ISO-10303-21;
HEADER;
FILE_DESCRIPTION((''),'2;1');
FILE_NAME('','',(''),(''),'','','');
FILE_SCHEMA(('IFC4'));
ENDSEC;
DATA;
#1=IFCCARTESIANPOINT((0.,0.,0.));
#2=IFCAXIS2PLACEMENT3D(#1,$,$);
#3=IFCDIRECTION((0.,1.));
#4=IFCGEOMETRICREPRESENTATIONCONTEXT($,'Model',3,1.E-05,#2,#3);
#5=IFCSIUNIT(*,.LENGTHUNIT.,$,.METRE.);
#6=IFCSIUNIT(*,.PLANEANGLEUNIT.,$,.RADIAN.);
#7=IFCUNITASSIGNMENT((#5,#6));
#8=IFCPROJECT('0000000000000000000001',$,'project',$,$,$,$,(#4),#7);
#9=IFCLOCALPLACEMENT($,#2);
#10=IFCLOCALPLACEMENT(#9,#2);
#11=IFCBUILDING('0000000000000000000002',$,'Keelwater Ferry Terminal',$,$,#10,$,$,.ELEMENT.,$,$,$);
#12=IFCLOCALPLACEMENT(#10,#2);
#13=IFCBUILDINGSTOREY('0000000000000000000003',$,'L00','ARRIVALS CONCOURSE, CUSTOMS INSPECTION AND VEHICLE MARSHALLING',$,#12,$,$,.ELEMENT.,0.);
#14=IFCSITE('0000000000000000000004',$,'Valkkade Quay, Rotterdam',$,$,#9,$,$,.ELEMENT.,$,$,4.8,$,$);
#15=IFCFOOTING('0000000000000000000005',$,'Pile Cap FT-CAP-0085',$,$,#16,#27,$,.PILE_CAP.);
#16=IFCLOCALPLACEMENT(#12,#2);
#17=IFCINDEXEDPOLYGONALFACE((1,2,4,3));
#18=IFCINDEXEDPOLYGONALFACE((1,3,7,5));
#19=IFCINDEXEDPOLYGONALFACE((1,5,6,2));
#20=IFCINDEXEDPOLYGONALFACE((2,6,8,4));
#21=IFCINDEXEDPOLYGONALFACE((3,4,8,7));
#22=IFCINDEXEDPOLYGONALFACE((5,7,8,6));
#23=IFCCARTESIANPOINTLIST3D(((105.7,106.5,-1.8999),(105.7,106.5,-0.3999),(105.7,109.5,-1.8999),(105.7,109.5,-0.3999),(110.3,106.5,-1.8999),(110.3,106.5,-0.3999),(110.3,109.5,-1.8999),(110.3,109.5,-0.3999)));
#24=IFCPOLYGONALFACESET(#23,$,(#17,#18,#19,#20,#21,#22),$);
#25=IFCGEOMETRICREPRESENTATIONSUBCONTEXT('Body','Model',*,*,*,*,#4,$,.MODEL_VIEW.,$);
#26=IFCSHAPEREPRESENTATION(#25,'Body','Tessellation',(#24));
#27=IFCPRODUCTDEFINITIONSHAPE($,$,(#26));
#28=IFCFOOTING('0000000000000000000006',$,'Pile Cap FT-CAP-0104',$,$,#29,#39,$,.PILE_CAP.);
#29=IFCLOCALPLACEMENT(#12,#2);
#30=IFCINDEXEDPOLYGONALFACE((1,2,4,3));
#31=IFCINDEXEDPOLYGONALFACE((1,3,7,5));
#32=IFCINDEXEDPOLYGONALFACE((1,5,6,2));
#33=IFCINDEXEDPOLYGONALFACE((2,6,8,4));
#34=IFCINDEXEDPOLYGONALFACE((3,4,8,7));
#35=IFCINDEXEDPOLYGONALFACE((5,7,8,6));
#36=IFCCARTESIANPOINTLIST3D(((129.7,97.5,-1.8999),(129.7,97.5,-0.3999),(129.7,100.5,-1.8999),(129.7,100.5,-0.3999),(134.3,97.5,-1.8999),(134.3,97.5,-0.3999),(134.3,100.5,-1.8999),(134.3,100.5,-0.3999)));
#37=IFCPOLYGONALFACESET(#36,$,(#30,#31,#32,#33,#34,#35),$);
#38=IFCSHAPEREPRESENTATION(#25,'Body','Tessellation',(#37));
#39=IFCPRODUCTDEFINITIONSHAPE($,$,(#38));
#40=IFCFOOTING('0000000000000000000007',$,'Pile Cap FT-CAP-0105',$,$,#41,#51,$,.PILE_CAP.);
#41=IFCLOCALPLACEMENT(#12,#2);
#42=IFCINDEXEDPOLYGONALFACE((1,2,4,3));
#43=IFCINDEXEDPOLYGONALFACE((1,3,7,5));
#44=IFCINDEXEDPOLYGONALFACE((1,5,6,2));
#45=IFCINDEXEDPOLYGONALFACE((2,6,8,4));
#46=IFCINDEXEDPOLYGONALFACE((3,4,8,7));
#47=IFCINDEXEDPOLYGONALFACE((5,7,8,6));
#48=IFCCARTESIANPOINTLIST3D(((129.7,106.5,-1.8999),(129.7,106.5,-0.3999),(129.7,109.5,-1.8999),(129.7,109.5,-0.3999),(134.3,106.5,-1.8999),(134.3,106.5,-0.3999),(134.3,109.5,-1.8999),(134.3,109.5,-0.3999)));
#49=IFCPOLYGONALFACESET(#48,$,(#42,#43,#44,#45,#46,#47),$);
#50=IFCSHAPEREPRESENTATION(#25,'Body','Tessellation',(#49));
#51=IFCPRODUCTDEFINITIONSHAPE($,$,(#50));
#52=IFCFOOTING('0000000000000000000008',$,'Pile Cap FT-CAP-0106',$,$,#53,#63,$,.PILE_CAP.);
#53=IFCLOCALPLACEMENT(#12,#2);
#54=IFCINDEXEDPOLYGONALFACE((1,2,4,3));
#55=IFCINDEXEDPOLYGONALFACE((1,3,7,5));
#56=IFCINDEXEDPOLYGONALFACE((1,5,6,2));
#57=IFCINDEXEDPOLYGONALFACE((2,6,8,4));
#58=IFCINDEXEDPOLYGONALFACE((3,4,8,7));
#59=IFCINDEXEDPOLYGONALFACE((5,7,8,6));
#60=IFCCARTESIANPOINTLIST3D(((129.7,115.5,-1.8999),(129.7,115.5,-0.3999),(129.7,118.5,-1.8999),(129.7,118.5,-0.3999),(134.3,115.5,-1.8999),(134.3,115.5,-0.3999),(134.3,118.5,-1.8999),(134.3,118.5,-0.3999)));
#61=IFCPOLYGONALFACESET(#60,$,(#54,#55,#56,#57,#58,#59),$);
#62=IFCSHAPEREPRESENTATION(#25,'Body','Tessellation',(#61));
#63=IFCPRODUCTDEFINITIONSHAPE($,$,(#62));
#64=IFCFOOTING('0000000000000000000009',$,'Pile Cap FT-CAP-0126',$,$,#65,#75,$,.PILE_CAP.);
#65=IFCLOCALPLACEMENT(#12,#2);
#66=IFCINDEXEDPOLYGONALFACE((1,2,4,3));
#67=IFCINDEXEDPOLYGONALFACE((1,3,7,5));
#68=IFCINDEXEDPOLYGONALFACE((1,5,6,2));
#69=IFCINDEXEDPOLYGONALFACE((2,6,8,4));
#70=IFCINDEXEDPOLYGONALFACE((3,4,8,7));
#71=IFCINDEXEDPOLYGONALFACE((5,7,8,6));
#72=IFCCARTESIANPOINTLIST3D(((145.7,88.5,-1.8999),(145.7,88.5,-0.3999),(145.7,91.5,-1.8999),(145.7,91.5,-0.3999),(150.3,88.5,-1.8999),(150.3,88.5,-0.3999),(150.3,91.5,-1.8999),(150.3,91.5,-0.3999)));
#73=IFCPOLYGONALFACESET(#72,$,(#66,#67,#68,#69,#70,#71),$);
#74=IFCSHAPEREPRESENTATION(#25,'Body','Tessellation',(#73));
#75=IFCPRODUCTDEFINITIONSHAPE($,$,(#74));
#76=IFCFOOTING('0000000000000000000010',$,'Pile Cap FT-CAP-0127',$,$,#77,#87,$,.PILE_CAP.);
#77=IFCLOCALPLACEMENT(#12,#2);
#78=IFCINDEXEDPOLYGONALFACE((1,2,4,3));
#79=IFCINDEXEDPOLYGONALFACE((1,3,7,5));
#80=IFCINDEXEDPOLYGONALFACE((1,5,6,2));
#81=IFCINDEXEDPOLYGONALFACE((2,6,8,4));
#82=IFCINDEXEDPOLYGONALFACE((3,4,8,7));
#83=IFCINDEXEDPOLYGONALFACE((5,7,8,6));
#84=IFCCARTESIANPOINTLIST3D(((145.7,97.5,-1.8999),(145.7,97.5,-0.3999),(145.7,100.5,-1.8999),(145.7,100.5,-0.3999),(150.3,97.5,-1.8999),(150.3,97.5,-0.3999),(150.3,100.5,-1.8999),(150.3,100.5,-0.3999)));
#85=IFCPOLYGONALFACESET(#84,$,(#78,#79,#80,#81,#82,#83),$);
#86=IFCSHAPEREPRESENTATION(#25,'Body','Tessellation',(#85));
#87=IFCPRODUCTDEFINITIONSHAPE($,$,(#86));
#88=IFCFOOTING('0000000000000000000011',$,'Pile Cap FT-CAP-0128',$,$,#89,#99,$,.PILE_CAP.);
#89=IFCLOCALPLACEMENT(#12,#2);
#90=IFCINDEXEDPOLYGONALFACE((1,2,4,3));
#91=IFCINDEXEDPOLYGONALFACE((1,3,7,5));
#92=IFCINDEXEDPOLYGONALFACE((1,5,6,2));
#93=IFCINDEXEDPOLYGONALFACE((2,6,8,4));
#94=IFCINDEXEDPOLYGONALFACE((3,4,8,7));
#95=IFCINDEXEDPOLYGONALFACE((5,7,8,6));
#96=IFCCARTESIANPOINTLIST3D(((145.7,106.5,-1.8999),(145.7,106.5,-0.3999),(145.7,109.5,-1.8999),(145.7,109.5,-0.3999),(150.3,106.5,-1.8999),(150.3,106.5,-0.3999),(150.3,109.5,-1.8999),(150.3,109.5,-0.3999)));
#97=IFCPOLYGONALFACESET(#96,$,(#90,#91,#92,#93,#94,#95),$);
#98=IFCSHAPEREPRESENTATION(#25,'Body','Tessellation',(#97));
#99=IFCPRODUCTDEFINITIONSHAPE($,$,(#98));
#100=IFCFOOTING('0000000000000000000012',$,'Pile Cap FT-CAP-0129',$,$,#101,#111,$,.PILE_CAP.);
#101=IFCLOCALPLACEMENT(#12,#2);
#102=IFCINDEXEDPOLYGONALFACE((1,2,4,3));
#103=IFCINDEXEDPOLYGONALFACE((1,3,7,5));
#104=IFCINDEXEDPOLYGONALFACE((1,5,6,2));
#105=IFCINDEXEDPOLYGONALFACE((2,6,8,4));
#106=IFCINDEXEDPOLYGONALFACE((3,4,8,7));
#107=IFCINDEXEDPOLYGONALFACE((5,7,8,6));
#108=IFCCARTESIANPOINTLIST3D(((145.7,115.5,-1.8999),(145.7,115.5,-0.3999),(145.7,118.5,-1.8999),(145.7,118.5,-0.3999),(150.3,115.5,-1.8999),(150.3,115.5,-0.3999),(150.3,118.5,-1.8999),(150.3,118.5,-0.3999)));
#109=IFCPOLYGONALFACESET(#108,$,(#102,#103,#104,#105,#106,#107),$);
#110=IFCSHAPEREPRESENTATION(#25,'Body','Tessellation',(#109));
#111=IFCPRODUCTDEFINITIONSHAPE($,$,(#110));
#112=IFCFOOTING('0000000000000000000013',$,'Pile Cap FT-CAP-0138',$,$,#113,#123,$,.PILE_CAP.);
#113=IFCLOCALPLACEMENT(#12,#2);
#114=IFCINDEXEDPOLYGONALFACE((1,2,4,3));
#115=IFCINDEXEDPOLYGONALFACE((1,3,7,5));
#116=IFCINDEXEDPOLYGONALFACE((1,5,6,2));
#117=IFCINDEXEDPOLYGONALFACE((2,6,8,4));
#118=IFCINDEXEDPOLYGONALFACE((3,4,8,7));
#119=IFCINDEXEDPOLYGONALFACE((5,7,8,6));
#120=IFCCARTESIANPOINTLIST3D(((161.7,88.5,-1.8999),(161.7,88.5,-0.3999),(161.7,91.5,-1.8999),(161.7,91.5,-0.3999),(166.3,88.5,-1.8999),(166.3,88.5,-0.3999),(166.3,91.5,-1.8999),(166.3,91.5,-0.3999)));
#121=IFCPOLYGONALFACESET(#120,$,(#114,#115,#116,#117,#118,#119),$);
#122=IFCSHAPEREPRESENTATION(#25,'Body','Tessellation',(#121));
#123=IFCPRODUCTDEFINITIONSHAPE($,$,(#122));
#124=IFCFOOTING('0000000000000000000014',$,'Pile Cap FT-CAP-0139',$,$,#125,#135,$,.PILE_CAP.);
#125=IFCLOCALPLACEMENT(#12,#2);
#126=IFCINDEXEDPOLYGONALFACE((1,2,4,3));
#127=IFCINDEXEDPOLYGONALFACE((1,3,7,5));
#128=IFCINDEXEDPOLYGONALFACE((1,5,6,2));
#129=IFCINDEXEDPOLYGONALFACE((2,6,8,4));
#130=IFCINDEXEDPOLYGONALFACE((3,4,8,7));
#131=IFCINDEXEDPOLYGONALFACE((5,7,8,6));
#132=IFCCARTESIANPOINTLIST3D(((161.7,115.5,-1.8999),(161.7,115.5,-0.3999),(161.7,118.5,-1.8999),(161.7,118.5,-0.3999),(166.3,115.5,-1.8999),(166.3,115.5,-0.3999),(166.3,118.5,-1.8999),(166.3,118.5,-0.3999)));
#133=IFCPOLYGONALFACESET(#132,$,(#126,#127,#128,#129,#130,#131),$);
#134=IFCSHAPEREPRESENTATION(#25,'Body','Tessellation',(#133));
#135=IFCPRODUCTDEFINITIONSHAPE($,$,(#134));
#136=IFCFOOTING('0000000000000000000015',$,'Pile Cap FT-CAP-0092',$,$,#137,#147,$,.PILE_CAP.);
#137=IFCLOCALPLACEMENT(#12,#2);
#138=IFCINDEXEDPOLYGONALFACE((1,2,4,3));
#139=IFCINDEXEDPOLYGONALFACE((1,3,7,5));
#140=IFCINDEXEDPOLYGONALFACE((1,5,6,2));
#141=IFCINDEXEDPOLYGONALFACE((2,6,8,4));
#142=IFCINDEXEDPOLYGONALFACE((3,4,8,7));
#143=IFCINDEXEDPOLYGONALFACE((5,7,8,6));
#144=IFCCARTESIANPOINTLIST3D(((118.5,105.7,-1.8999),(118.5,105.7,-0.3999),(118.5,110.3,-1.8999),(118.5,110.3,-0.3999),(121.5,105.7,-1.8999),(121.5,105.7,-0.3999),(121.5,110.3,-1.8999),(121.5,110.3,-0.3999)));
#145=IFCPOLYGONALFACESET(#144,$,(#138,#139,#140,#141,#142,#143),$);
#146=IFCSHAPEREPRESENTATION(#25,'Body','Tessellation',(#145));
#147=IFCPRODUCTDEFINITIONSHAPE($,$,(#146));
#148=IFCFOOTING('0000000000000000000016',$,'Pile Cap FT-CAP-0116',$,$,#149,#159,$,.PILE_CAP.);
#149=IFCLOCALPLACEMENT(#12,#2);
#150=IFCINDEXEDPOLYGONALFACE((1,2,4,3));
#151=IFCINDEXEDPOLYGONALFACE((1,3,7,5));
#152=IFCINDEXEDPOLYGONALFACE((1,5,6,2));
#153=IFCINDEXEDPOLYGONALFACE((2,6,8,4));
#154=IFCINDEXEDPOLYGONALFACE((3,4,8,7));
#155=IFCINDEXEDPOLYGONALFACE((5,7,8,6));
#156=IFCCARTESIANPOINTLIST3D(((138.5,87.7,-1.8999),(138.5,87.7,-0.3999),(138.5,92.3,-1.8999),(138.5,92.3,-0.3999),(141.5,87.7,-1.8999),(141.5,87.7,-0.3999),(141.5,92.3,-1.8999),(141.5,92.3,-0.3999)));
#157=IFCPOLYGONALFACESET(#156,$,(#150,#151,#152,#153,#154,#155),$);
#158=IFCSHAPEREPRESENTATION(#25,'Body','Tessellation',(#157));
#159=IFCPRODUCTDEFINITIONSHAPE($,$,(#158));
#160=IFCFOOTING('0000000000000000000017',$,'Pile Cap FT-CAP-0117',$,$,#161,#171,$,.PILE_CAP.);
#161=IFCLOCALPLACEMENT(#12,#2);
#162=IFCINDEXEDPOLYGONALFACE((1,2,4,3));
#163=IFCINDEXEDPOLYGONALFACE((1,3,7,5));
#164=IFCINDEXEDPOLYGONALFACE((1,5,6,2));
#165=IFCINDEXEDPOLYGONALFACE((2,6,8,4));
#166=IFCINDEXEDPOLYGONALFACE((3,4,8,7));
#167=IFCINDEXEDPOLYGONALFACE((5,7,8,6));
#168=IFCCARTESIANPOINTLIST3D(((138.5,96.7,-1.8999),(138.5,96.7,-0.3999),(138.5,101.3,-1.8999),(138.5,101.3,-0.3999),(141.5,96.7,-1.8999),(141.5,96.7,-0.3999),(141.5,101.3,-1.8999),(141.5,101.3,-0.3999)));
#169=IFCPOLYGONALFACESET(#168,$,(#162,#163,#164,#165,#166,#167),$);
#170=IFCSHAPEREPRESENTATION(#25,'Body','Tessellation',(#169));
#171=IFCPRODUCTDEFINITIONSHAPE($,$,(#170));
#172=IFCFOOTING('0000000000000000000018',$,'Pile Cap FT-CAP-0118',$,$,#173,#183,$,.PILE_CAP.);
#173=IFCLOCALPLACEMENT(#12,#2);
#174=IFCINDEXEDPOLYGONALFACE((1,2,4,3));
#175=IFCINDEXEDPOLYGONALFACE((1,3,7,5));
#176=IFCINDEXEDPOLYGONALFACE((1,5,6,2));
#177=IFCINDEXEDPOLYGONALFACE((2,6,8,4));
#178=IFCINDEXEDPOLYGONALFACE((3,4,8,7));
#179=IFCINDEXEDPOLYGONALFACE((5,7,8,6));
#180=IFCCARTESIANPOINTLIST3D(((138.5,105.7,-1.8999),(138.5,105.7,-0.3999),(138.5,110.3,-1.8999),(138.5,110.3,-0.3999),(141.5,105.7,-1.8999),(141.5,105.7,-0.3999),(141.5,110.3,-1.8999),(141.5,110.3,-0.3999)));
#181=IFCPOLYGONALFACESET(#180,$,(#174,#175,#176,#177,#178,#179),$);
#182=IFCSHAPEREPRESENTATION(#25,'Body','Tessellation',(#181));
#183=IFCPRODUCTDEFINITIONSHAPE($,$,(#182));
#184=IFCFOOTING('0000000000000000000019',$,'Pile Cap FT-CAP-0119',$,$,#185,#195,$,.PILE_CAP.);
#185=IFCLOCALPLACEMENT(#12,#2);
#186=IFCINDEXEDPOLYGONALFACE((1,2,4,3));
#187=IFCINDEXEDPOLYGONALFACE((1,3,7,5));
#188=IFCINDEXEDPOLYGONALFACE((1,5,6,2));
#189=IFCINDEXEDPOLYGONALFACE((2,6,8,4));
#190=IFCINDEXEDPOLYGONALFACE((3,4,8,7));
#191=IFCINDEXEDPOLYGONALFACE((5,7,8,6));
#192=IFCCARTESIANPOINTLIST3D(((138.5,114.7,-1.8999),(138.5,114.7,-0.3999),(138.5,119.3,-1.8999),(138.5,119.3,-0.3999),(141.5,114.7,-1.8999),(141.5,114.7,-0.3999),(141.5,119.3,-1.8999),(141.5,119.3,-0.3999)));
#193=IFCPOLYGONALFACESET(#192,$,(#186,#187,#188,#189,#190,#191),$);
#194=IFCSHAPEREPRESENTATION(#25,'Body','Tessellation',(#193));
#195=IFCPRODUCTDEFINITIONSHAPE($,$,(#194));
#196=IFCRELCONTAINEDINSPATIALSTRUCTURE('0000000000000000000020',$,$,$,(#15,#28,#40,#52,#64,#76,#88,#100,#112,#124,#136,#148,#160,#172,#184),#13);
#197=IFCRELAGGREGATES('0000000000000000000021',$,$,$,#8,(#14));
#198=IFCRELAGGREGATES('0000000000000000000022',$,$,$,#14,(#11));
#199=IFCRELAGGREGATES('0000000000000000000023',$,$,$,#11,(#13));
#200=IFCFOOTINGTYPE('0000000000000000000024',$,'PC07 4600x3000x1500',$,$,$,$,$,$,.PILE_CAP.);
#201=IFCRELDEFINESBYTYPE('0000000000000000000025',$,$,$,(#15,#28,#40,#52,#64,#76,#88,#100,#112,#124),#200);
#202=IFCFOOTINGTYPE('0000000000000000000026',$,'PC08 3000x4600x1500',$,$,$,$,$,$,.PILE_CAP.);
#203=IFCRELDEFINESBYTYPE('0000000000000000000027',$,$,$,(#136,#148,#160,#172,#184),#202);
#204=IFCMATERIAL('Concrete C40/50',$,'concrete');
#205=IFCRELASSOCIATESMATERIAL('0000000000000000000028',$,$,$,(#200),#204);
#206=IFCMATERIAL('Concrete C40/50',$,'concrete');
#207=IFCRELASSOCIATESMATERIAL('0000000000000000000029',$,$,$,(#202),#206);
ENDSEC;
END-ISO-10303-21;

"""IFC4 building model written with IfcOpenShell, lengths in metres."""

from ifc_helpers import new_model, si_unit, direction, frame, origin, place, context, subcontext, project, spatial, polyline, outline, extrude, material, type_object, element, save


model = new_model("IFC4")

# Units and contexts
model_context = context("Model", 3, precision=1e-05, world=origin(), true_north=direction((0.0, 1.0)))
body_context = subcontext(model_context, "Body", "Model", "MODEL_VIEW")
ifc_project = project(units=[si_unit("LENGTHUNIT", "METRE"), si_unit("PLANEANGLEUNIT", "RADIAN")], contexts=[model_context])

# Site, building, storey
site_placement = place(None, origin())
site = spatial("IfcSite", under=ifc_project, at=site_placement, Name="Valkkade Quay, Rotterdam", CompositionType="ELEMENT", RefElevation=4.8)
building_placement = place(site_placement, origin())
building = spatial("IfcBuilding", under=site, at=building_placement, Name="Keelwater Ferry Terminal", CompositionType="ELEMENT")
storey_placement = place(building_placement, origin())
storey = spatial("IfcBuildingStorey", under=building, at=storey_placement, Name="L00", Description="ARRIVALS CONCOURSE, CUSTOMS INSPECTION AND VEHICLE MARSHALLING", CompositionType="ELEMENT", Elevation=0.0)

# Footings
ifc_material_1 = material(Name="Concrete C40/50", Category="concrete")
footing_type_1 = type_object("IfcFootingType", Name="PC07 4600x3000x1500", PredefinedType="PILE_CAP", material=ifc_material_1)
footing_1_placement = place(storey_placement, frame((0.0, 0.0, -1.8999)))
element("IfcFooting", 1, at=footing_1_placement, inside=storey, type_object=footing_type_1, Name="Pile Cap FT-CAP-0085", PredefinedType="PILE_CAP", context=body_context, shape_type="SweptSolid", body=[
    extrude(outline(polyline([(105.7, 106.5), (110.3, 106.5), (110.3, 109.5), (105.7, 109.5), (105.7, 106.5)])), origin(), (0.0, 0.0, 1.0), 1.5),
])
footing_2_placement = place(storey_placement, frame((0.0, 0.0, -1.8999)))
element("IfcFooting", 2, at=footing_2_placement, inside=storey, type_object=footing_type_1, Name="Pile Cap FT-CAP-0104", PredefinedType="PILE_CAP", context=body_context, shape_type="SweptSolid", body=[
    extrude(outline(polyline([(129.7, 97.5), (134.3, 97.5), (134.3, 100.5), (129.7, 100.5), (129.7, 97.5)])), origin(), (0.0, 0.0, 1.0), 1.5),
])
footing_3_placement = place(storey_placement, frame((0.0, 0.0, -1.8999)))
element("IfcFooting", 3, at=footing_3_placement, inside=storey, type_object=footing_type_1, Name="Pile Cap FT-CAP-0105", PredefinedType="PILE_CAP", context=body_context, shape_type="SweptSolid", body=[
    extrude(outline(polyline([(129.7, 106.5), (134.3, 106.5), (134.3, 109.5), (129.7, 109.5), (129.7, 106.5)])), origin(), (0.0, 0.0, 1.0), 1.5),
])
footing_4_placement = place(storey_placement, frame((0.0, 0.0, -1.8999)))
element("IfcFooting", 4, at=footing_4_placement, inside=storey, type_object=footing_type_1, Name="Pile Cap FT-CAP-0106", PredefinedType="PILE_CAP", context=body_context, shape_type="SweptSolid", body=[
    extrude(outline(polyline([(129.7, 115.5), (134.3, 115.5), (134.3, 118.5), (129.7, 118.5), (129.7, 115.5)])), origin(), (0.0, 0.0, 1.0), 1.5),
])
footing_5_placement = place(storey_placement, frame((0.0, 0.0, -1.8999)))
element("IfcFooting", 5, at=footing_5_placement, inside=storey, type_object=footing_type_1, Name="Pile Cap FT-CAP-0126", PredefinedType="PILE_CAP", context=body_context, shape_type="SweptSolid", body=[
    extrude(outline(polyline([(145.7, 88.5), (150.3, 88.5), (150.3, 91.5), (145.7, 91.5), (145.7, 88.5)])), origin(), (0.0, 0.0, 1.0), 1.5),
])
footing_6_placement = place(storey_placement, frame((0.0, 0.0, -1.8999)))
element("IfcFooting", 6, at=footing_6_placement, inside=storey, type_object=footing_type_1, Name="Pile Cap FT-CAP-0127", PredefinedType="PILE_CAP", context=body_context, shape_type="SweptSolid", body=[
    extrude(outline(polyline([(145.7, 97.5), (150.3, 97.5), (150.3, 100.5), (145.7, 100.5), (145.7, 97.5)])), origin(), (0.0, 0.0, 1.0), 1.5),
])
footing_7_placement = place(storey_placement, frame((0.0, 0.0, -1.8999)))
element("IfcFooting", 7, at=footing_7_placement, inside=storey, type_object=footing_type_1, Name="Pile Cap FT-CAP-0128", PredefinedType="PILE_CAP", context=body_context, shape_type="SweptSolid", body=[
    extrude(outline(polyline([(145.7, 106.5), (150.3, 106.5), (150.3, 109.5), (145.7, 109.5), (145.7, 106.5)])), origin(), (0.0, 0.0, 1.0), 1.5),
])
footing_8_placement = place(storey_placement, frame((0.0, 0.0, -1.8999)))
element("IfcFooting", 8, at=footing_8_placement, inside=storey, type_object=footing_type_1, Name="Pile Cap FT-CAP-0129", PredefinedType="PILE_CAP", context=body_context, shape_type="SweptSolid", body=[
    extrude(outline(polyline([(145.7, 115.5), (150.3, 115.5), (150.3, 118.5), (145.7, 118.5), (145.7, 115.5)])), origin(), (0.0, 0.0, 1.0), 1.5),
])
footing_9_placement = place(storey_placement, frame((0.0, 0.0, -1.8999)))
element("IfcFooting", 9, at=footing_9_placement, inside=storey, type_object=footing_type_1, Name="Pile Cap FT-CAP-0138", PredefinedType="PILE_CAP", context=body_context, shape_type="SweptSolid", body=[
    extrude(outline(polyline([(161.7, 88.5), (166.3, 88.5), (166.3, 91.5), (161.7, 91.5), (161.7, 88.5)])), origin(), (0.0, 0.0, 1.0), 1.5),
])
footing_10_placement = place(storey_placement, frame((0.0, 0.0, -1.8999)))
element("IfcFooting", 10, at=footing_10_placement, inside=storey, type_object=footing_type_1, Name="Pile Cap FT-CAP-0139", PredefinedType="PILE_CAP", context=body_context, shape_type="SweptSolid", body=[
    extrude(outline(polyline([(161.7, 115.5), (166.3, 115.5), (166.3, 118.5), (161.7, 118.5), (161.7, 115.5)])), origin(), (0.0, 0.0, 1.0), 1.5),
])
ifc_material_2 = material(Name="Concrete C40/50", Category="concrete")
footing_type_2 = type_object("IfcFootingType", Name="PC08 3000x4600x1500", PredefinedType="PILE_CAP", material=ifc_material_2)
footing_11_placement = place(storey_placement, frame((0.0, 0.0, -1.8999)))
element("IfcFooting", 11, at=footing_11_placement, inside=storey, type_object=footing_type_2, Name="Pile Cap FT-CAP-0092", PredefinedType="PILE_CAP", context=body_context, shape_type="SweptSolid", body=[
    extrude(outline(polyline([(118.5, 105.7), (121.5, 105.7), (121.5, 110.3), (118.5, 110.3), (118.5, 105.7)])), origin(), (0.0, 0.0, 1.0), 1.5),
])
footing_12_placement = place(storey_placement, frame((0.0, 0.0, -1.8999)))
element("IfcFooting", 12, at=footing_12_placement, inside=storey, type_object=footing_type_2, Name="Pile Cap FT-CAP-0116", PredefinedType="PILE_CAP", context=body_context, shape_type="SweptSolid", body=[
    extrude(outline(polyline([(138.5, 87.7), (141.5, 87.7), (141.5, 92.3), (138.5, 92.3), (138.5, 87.7)])), origin(), (0.0, 0.0, 1.0), 1.5),
])
footing_13_placement = place(storey_placement, frame((0.0, 0.0, -1.8999)))
element("IfcFooting", 13, at=footing_13_placement, inside=storey, type_object=footing_type_2, Name="Pile Cap FT-CAP-0117", PredefinedType="PILE_CAP", context=body_context, shape_type="SweptSolid", body=[
    extrude(outline(polyline([(138.5, 96.7), (141.5, 96.7), (141.5, 101.3), (138.5, 101.3), (138.5, 96.7)])), origin(), (0.0, 0.0, 1.0), 1.5),
])
footing_14_placement = place(storey_placement, frame((0.0, 0.0, -1.8999)))
element("IfcFooting", 14, at=footing_14_placement, inside=storey, type_object=footing_type_2, Name="Pile Cap FT-CAP-0118", PredefinedType="PILE_CAP", context=body_context, shape_type="SweptSolid", body=[
    extrude(outline(polyline([(138.5, 105.7), (141.5, 105.7), (141.5, 110.3), (138.5, 110.3), (138.5, 105.7)])), origin(), (0.0, 0.0, 1.0), 1.5),
])
footing_15_placement = place(storey_placement, frame((0.0, 0.0, -1.8999)))
element("IfcFooting", 15, at=footing_15_placement, inside=storey, type_object=footing_type_2, Name="Pile Cap FT-CAP-0119", PredefinedType="PILE_CAP", context=body_context, shape_type="SweptSolid", body=[
    extrude(outline(polyline([(138.5, 114.7), (141.5, 114.7), (141.5, 119.3), (138.5, 119.3), (138.5, 114.7)])), origin(), (0.0, 0.0, 1.0), 1.5),
])

save(model, "model.ifc")
